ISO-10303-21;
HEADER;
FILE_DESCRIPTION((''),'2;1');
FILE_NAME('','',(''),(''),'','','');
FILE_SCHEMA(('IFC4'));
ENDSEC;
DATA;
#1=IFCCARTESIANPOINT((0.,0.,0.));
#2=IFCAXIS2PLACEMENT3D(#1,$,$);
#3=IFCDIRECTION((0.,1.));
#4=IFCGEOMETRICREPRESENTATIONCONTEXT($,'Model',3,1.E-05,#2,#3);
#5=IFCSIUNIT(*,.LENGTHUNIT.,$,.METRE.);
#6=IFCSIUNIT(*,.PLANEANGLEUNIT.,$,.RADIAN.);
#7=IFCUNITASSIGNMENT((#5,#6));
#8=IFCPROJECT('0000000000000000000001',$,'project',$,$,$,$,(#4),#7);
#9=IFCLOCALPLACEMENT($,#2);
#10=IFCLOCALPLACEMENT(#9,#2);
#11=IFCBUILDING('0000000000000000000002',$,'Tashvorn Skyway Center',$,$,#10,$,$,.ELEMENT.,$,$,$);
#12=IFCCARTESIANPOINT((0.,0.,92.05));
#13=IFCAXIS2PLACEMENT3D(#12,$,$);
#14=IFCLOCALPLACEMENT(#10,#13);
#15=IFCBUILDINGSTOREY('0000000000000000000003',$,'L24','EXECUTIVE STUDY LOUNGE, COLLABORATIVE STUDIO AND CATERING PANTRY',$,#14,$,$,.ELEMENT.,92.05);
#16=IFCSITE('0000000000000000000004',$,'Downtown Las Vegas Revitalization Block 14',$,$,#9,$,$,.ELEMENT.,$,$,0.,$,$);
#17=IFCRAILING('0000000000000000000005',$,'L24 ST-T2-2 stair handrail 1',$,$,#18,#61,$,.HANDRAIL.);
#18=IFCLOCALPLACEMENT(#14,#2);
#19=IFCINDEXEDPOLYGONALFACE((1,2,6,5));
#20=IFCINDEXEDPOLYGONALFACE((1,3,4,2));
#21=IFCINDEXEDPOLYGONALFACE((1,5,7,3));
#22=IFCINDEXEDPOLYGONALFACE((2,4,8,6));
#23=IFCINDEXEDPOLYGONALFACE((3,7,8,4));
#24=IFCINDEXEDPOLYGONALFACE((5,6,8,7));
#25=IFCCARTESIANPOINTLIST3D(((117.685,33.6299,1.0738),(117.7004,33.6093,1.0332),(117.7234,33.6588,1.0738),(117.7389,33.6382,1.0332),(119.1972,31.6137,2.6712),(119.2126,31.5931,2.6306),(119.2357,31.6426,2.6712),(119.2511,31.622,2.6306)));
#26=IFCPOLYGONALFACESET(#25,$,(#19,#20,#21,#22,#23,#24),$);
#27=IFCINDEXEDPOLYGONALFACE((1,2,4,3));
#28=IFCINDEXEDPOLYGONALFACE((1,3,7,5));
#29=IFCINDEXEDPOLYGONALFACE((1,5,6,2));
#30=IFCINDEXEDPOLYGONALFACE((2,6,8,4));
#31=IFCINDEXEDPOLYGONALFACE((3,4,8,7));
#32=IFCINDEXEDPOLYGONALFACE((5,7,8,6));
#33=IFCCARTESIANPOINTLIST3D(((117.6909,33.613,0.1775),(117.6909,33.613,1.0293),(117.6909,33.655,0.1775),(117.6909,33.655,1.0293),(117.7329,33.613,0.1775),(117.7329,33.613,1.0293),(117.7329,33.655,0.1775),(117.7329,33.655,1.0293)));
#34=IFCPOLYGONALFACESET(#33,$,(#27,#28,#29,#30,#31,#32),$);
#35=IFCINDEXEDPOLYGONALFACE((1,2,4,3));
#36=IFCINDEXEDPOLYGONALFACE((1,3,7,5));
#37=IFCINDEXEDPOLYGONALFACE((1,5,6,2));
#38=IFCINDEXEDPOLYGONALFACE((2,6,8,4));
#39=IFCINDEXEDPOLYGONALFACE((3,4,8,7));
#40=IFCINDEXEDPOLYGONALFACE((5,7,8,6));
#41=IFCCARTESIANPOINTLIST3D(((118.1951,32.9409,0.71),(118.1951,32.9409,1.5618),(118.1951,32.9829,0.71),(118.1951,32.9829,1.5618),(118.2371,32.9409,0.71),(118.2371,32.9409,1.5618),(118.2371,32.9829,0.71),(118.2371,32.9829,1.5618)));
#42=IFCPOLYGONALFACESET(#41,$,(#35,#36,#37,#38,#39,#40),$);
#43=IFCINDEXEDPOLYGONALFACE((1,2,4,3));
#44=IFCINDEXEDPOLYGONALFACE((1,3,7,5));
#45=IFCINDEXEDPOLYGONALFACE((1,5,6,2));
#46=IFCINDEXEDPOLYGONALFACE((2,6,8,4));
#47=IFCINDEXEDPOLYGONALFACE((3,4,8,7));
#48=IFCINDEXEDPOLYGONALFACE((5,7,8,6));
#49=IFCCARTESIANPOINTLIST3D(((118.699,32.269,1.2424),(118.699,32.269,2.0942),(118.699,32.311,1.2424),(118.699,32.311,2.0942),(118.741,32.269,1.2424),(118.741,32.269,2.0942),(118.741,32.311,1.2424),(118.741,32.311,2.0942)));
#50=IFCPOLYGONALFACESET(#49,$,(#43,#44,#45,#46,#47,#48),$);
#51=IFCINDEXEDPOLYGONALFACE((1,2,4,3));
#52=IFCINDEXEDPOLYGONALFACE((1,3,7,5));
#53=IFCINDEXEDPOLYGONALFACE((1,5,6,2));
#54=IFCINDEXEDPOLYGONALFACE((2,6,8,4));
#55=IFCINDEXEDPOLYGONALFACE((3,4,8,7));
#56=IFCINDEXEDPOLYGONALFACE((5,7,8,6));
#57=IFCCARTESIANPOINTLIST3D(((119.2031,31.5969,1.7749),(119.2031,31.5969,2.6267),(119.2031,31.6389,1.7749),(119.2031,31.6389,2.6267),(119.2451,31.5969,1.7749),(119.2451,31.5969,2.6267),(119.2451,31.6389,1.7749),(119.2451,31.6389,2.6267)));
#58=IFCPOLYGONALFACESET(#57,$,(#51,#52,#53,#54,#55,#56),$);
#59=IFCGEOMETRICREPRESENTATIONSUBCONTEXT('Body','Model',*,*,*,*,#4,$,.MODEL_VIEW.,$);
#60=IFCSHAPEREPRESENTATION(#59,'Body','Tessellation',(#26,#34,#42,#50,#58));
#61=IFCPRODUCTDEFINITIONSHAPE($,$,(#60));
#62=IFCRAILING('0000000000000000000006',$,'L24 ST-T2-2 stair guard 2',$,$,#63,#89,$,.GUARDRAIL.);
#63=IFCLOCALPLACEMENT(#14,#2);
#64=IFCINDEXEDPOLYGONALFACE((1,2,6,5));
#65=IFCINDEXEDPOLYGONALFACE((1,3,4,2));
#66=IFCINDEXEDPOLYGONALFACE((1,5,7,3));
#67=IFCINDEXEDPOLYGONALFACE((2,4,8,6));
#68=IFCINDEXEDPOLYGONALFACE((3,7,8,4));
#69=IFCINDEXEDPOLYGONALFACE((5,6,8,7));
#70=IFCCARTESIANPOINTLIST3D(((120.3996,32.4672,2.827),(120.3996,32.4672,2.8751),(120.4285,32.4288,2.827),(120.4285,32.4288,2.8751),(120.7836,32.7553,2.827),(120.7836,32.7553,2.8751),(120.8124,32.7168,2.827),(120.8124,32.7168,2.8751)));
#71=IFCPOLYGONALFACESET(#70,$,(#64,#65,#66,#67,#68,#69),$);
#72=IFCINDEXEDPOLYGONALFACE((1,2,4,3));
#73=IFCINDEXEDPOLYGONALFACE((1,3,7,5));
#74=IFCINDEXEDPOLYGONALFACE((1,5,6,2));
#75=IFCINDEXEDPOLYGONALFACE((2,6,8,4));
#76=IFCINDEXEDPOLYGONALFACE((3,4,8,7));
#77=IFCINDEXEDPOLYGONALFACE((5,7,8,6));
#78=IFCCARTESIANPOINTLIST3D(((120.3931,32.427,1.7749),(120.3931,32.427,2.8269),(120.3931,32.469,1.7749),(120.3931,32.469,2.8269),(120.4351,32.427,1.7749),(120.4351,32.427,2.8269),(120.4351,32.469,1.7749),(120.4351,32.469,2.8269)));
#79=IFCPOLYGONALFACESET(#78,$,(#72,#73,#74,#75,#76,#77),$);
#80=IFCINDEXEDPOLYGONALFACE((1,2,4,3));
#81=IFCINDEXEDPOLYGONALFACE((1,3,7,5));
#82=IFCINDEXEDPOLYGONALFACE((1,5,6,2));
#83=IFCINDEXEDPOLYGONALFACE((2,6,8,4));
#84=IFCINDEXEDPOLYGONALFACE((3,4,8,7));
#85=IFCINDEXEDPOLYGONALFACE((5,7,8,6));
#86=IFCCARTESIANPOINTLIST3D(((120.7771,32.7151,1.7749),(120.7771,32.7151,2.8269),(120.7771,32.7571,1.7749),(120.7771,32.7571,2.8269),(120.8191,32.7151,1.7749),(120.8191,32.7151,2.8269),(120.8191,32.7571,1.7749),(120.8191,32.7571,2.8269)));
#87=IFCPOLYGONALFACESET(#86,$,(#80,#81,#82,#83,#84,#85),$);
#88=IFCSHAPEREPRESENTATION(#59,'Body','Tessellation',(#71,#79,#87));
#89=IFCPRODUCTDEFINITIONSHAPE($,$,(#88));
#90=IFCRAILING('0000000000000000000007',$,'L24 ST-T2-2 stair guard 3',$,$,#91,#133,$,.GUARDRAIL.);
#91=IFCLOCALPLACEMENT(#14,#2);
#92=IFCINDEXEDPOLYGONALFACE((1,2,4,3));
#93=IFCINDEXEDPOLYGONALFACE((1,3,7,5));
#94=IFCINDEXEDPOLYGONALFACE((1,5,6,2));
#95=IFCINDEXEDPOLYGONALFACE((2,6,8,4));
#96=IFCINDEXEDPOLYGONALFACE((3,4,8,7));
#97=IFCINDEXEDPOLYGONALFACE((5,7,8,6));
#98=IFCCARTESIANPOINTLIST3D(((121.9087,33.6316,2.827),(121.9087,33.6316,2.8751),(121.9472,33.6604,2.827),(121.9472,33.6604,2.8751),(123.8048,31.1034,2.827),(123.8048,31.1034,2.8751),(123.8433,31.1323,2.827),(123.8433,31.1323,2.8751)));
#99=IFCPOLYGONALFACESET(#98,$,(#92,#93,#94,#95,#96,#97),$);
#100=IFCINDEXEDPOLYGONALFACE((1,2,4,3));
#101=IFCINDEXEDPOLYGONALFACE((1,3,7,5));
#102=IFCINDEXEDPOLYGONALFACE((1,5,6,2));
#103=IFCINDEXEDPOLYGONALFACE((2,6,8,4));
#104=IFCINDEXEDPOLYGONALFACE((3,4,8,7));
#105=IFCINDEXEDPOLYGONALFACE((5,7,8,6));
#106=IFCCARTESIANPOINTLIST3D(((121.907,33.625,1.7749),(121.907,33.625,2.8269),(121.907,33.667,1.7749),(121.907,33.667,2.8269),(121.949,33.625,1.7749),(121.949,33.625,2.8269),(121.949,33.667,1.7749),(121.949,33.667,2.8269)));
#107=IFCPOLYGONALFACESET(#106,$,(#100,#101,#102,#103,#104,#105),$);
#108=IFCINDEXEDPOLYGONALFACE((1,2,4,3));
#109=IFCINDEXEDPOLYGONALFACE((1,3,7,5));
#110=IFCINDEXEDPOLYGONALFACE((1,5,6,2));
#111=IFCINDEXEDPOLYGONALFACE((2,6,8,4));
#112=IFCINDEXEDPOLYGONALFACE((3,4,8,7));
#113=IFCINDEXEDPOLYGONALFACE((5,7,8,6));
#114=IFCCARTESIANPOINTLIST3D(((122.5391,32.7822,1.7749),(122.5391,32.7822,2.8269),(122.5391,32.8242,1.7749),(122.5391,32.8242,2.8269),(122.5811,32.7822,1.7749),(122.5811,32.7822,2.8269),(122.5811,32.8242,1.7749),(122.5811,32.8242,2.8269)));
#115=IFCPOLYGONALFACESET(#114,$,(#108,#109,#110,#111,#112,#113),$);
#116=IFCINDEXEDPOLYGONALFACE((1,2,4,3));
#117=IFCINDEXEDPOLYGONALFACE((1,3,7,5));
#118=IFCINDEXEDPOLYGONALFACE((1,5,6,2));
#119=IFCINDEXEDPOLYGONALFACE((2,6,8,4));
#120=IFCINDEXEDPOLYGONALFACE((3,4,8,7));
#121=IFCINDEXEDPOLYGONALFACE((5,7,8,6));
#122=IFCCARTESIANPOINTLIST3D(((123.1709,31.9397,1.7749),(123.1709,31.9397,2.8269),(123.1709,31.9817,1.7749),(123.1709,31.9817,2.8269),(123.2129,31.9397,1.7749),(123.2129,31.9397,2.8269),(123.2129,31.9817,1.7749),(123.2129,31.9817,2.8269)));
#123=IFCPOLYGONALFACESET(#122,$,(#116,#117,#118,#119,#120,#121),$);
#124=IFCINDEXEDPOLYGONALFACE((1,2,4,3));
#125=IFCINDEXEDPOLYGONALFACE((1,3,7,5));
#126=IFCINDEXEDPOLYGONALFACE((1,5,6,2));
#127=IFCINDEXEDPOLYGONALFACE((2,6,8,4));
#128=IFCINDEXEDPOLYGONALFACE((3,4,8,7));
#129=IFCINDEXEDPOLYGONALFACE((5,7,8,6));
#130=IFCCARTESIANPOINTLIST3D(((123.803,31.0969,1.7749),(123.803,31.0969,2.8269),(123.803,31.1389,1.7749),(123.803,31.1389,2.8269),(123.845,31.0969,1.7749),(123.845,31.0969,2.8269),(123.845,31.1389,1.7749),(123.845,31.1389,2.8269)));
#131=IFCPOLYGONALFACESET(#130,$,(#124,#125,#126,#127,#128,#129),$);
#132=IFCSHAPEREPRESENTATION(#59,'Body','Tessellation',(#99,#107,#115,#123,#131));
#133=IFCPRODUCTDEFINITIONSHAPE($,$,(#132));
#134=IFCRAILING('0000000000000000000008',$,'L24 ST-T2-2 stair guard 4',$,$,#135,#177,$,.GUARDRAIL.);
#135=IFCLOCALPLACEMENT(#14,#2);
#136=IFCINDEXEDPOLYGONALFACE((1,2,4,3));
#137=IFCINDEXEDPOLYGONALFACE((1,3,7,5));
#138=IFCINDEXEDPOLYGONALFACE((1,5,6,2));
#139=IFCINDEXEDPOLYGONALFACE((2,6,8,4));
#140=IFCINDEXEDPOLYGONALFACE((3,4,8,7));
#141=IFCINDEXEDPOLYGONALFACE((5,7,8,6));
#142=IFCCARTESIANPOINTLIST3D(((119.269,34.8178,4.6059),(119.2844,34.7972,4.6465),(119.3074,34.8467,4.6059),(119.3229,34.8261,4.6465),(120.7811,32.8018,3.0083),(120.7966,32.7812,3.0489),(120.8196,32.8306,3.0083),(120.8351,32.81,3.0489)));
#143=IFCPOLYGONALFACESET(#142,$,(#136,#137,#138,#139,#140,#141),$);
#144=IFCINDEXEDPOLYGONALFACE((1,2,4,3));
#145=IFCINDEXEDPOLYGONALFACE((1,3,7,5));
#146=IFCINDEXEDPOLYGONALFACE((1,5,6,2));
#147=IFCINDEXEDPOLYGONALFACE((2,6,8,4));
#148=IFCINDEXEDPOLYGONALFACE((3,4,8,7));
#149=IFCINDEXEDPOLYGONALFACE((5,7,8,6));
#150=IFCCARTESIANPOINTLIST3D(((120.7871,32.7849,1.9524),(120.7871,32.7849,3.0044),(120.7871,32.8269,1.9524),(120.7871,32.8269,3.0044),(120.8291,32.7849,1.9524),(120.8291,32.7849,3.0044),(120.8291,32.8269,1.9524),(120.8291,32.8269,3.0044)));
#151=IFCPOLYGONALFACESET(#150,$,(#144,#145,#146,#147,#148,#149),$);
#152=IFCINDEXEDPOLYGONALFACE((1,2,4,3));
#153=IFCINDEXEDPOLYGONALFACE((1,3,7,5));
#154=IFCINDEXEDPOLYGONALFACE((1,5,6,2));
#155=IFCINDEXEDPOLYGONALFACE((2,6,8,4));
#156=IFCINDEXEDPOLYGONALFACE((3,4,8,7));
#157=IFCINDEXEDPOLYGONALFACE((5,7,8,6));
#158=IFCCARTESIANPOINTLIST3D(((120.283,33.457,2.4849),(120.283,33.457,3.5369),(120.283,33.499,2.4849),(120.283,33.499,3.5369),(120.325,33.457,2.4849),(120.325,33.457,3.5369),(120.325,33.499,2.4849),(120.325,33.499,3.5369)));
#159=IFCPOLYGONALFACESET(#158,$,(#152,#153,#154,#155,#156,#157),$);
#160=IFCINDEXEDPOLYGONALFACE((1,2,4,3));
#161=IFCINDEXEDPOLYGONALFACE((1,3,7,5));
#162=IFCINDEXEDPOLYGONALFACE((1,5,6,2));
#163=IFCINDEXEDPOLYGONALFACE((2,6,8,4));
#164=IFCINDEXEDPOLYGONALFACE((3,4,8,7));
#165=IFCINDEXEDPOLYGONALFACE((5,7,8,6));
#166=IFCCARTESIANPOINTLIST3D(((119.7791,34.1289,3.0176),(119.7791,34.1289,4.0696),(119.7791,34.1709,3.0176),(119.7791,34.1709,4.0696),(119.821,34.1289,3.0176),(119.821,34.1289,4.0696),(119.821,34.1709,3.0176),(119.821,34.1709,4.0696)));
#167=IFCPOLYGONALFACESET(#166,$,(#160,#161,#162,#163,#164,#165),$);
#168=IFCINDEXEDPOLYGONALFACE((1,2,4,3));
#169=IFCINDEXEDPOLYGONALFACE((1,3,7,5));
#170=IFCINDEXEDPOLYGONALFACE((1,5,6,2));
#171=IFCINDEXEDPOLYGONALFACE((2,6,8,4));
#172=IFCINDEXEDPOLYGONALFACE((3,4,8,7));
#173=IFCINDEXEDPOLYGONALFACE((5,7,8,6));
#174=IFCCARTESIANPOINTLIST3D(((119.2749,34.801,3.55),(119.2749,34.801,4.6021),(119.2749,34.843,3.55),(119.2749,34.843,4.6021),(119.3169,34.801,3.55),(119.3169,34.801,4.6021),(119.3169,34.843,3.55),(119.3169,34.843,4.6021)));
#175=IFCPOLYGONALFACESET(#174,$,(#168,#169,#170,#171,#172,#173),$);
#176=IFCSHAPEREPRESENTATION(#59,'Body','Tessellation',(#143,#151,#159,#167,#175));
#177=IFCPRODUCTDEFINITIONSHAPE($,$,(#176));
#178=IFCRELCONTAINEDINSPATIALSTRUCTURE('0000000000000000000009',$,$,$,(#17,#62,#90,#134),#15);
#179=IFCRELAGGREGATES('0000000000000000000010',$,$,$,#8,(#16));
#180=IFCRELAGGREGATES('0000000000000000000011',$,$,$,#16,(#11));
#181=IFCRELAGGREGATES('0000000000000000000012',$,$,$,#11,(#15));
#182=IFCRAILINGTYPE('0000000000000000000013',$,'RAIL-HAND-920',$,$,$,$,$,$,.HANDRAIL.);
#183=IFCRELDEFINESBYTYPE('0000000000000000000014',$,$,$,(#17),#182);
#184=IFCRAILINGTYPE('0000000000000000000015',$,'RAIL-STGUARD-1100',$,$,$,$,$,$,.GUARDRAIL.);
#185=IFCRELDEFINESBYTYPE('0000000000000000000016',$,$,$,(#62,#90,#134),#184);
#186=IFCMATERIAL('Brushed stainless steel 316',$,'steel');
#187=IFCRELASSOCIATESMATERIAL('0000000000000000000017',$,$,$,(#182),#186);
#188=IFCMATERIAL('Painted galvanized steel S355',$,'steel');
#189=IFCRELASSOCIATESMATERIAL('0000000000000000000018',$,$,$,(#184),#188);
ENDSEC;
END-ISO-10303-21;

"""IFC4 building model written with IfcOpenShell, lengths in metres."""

from ifc_helpers import new_model, si_unit, direction, frame, origin, origin_2d, place, context, subcontext, project, spatial, rectangle, extrude, material, type_object, element, save


model = new_model("IFC4")

# Units and contexts
model_context = context("Model", 3, precision=1e-05, world=origin(), true_north=direction((0.0, 1.0)))
body_context = subcontext(model_context, "Body", "Model", "MODEL_VIEW")
ifc_project = project(units=[si_unit("LENGTHUNIT", "METRE"), si_unit("PLANEANGLEUNIT", "RADIAN")], contexts=[model_context])

# Site, building, storey
site_placement = place(None, origin())
site = spatial("IfcSite", under=ifc_project, at=site_placement, Name="Downtown Las Vegas Revitalization Block 14", CompositionType="ELEMENT", RefElevation=0.0)
building_placement = place(site_placement, origin())
building = spatial("IfcBuilding", under=site, at=building_placement, Name="Tashvorn Skyway Center", CompositionType="ELEMENT")
storey_placement = place(building_placement, frame((0.0, 0.0, 92.05)))
storey = spatial("IfcBuildingStorey", under=building, at=storey_placement, Name="L24", Description="EXECUTIVE STUDY LOUNGE, COLLABORATIVE STUDIO AND CATERING PANTRY", CompositionType="ELEMENT", Elevation=92.05)

# Railings
ifc_material_1 = material(Name="Brushed stainless steel 316", Category="steel")
railing_type_1 = type_object("IfcRailingType", Name="RAIL-HAND-920", PredefinedType="HANDRAIL", material=ifc_material_1)
railing_1_placement = place(storey_placement, frame((117.7119, 33.634, 0.1775)))
element("IfcRailing", 1, at=railing_1_placement, inside=storey, type_object=railing_type_1, Name="L24 ST-T2-2 stair handrail 1", PredefinedType="HANDRAIL", context=body_context, shape_type="SweptSolid", body=[
    extrude(rectangle(XDim=0.0481, YDim=0.0481, at=origin_2d()), frame((0.0, 0.0, 0.876), z_axis=(0.506802, -0.675681, 0.535357), x_axis=(0.799977, 0.600031, 0.0)), (0.0, 0.0, 1.0), 2.9839),
    extrude(rectangle(XDim=0.042, YDim=0.042, at=origin_2d()), origin(), (0.0, 0.0, 1.0), 0.8518),
    extrude(rectangle(XDim=0.042, YDim=0.042, at=origin_2d()), frame((0.5042, -0.6721, 0.5325)), (0.0, 0.0, 1.0), 0.8518),
    extrude(rectangle(XDim=0.042, YDim=0.042, at=origin_2d()), frame((1.0081, -1.344, 1.0649)), (0.0, 0.0, 1.0), 0.8518),
    extrude(rectangle(XDim=0.042, YDim=0.042, at=origin_2d()), frame((1.5122, -2.0161, 1.5974)), (0.0, 0.0, 1.0), 0.8518),
])
ifc_material_2 = material(Name="Painted galvanized steel S355", Category="steel")
railing_type_2 = type_object("IfcRailingType", Name="RAIL-STGUARD-1100", PredefinedType="GUARDRAIL", material=ifc_material_2)
railing_2_placement = place(storey_placement, frame((120.4141, 32.448, 1.7749)))
element("IfcRailing", 2, at=railing_2_placement, inside=storey, type_object=railing_type_2, Name="L24 ST-T2-2 stair guard 2", PredefinedType="GUARDRAIL", context=body_context, shape_type="SweptSolid", body=[
    extrude(rectangle(XDim=0.0481, YDim=0.0481, at=origin_2d()), frame((0.0, 0.0, 1.0762), z_axis=(0.799939, 0.600081, 0.0), x_axis=(-0.600081, 0.799939, 0.0)), (0.0, 0.0, 1.0), 0.48),
    extrude(rectangle(XDim=0.042, YDim=0.042, at=origin_2d()), origin(), (0.0, 0.0, 1.0), 1.052),
    extrude(rectangle(XDim=0.042, YDim=0.042, at=origin_2d()), frame((0.384, 0.2881, 0.0)), (0.0, 0.0, 1.0), 1.052),
])
railing_3_placement = place(storey_placement, frame((121.928, 33.646, 1.7749)))
element("IfcRailing", 3, at=railing_3_placement, inside=storey, type_object=railing_type_2, Name="L24 ST-T2-2 stair guard 3", PredefinedType="GUARDRAIL", context=body_context, shape_type="SweptSolid", body=[
    extrude(rectangle(XDim=0.0481, YDim=0.0481, at=origin_2d()), frame((0.0, 0.0, 1.0762), z_axis=(0.599988, -0.800009, 0.0), x_axis=(0.800009, 0.599988, 0.0)), (0.0, 0.0, 1.0), 3.1602),
    extrude(rectangle(XDim=0.042, YDim=0.042, at=origin_2d()), origin(), (0.0, 0.0, 1.0), 1.052),
    extrude(rectangle(XDim=0.042, YDim=0.042, at=origin_2d()), frame((0.6321, -0.8428, 0.0)), (0.0, 0.0, 1.0), 1.052),
    extrude(rectangle(XDim=0.042, YDim=0.042, at=origin_2d()), frame((1.2639, -1.6853, 0.0)), (0.0, 0.0, 1.0), 1.052),
    extrude(rectangle(XDim=0.042, YDim=0.042, at=origin_2d()), frame((1.896, -2.5281, 0.0)), (0.0, 0.0, 1.0), 1.052),
])
railing_4_placement = place(storey_placement, frame((120.8081, 32.8059, 1.9524)))
element("IfcRailing", 4, at=railing_4_placement, inside=storey, type_object=railing_type_2, Name="L24 ST-T2-2 stair guard 4", PredefinedType="GUARDRAIL", context=body_context, shape_type="SweptSolid", body=[
    extrude(rectangle(XDim=0.0481, YDim=0.0481, at=origin_2d()), frame((0.0, 0.0, 1.0762), z_axis=(-0.506779, 0.675651, 0.535416), x_axis=(-0.799977, -0.600031, 0.0)), (0.0, 0.0, 1.0), 2.9839),
    extrude(rectangle(XDim=0.042, YDim=0.042, at=origin_2d()), origin(), (0.0, 0.0, 1.0), 1.052),
    extrude(rectangle(XDim=0.042, YDim=0.042, at=origin_2d()), frame((-0.5042, 0.6721, 0.5325)), (0.0, 0.0, 1.0), 1.052),
    extrude(rectangle(XDim=0.042, YDim=0.042, at=origin_2d()), frame((-1.0081, 1.344, 1.0652)), (0.0, 0.0, 1.0), 1.052),
    extrude(rectangle(XDim=0.042, YDim=0.042, at=origin_2d()), frame((-1.5122, 2.0161, 1.5977)), (0.0, 0.0, 1.0), 1.052),
])

save(model, "model.ifc")
